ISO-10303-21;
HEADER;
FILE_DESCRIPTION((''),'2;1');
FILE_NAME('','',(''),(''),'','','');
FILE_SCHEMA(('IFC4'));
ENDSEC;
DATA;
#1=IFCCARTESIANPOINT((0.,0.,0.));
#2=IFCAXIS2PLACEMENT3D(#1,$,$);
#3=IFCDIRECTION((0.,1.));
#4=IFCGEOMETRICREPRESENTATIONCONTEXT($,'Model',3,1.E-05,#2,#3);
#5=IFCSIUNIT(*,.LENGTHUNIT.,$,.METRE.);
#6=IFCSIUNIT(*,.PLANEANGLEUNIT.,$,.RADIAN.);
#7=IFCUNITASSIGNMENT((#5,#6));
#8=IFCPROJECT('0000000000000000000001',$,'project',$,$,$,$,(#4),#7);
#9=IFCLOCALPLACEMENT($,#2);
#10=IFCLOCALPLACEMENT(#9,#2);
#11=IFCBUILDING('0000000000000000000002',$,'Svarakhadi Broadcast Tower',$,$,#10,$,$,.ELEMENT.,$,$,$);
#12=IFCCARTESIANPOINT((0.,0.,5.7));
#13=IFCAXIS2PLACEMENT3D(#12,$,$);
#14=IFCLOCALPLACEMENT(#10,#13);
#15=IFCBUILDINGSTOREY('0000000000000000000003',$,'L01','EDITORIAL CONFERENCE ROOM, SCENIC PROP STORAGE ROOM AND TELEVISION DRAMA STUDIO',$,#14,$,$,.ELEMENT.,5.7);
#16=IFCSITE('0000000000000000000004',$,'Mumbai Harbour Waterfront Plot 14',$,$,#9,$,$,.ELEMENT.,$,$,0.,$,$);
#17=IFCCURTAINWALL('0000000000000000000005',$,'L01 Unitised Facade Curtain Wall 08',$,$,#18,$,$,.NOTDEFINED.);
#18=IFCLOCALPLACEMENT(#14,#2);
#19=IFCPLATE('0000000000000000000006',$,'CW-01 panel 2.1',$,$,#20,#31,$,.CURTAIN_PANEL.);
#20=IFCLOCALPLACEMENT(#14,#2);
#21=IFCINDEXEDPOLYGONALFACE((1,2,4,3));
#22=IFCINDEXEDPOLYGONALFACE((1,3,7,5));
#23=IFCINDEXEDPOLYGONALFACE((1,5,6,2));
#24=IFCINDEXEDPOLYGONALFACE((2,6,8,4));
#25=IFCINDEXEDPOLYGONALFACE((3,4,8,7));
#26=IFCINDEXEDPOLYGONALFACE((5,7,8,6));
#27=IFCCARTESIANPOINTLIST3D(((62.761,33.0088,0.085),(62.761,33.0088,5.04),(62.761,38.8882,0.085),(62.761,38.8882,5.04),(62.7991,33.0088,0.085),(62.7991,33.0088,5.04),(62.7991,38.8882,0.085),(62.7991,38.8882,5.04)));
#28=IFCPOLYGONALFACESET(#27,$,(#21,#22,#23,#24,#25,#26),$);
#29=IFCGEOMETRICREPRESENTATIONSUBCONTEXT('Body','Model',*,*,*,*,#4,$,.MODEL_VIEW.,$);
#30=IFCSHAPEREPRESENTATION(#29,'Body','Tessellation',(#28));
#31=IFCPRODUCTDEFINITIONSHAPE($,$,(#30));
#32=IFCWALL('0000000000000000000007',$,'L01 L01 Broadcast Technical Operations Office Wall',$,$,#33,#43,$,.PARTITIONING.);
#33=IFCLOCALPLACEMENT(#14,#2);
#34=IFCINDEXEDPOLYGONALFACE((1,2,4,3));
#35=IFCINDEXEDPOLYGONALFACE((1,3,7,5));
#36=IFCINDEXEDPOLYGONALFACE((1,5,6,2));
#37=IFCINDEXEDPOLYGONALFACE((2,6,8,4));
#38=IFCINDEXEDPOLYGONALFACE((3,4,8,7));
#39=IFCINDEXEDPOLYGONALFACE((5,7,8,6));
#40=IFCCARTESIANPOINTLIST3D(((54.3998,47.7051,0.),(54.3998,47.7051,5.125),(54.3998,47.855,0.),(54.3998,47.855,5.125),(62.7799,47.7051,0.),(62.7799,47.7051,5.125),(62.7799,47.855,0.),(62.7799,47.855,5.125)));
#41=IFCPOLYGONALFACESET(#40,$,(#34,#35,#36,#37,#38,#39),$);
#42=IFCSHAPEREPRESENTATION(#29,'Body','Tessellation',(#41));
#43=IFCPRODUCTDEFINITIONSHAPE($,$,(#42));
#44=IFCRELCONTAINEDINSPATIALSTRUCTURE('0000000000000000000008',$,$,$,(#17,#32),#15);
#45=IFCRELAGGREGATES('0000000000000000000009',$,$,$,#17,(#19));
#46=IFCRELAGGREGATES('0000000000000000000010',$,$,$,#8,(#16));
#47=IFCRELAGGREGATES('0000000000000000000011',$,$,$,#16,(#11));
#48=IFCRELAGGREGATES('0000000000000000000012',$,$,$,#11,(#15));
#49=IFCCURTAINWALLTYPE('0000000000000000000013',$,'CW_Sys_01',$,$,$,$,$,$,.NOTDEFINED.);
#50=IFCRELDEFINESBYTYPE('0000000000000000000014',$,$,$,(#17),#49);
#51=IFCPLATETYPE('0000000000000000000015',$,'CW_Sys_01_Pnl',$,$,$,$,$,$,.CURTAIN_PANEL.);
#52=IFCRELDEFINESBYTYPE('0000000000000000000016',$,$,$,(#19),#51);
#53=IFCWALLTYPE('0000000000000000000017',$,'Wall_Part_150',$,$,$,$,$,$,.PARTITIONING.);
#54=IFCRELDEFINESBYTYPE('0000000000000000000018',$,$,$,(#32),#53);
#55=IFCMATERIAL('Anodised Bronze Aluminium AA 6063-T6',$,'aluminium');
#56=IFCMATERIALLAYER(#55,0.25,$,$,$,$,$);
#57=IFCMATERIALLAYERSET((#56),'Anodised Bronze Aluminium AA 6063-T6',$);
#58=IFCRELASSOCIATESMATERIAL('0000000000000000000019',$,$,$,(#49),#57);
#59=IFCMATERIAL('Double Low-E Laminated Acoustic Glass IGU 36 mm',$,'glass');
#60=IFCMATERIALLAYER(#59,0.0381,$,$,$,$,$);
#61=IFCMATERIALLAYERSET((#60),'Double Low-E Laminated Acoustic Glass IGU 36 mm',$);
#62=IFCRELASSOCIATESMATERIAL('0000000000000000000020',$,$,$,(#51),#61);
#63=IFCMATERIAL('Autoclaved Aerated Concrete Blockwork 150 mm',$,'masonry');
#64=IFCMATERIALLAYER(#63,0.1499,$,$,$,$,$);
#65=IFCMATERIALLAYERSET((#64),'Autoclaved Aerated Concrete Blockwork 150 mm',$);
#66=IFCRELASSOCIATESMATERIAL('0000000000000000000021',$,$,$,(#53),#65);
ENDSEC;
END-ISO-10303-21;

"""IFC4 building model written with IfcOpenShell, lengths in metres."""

from ifc_helpers import new_model, si_unit, direction, frame, frame_2d, origin, origin_2d, place, context, subcontext, project, spatial, rectangle, extrude, material, layer, layer_set, type_object, element, aggregate, save


model = new_model("IFC4")

# Units and contexts
model_context = context("Model", 3, precision=1e-05, world=origin(), true_north=direction((0.0, 1.0)))
body_context = subcontext(model_context, "Body", "Model", "MODEL_VIEW")
ifc_project = project(units=[si_unit("LENGTHUNIT", "METRE"), si_unit("PLANEANGLEUNIT", "RADIAN")], contexts=[model_context])

# Site, building, storey
site_placement = place(None, origin())
site = spatial("IfcSite", under=ifc_project, at=site_placement, Name="Mumbai Harbour Waterfront Plot 14", CompositionType="ELEMENT", RefElevation=0.0)
building_placement = place(site_placement, origin())
building = spatial("IfcBuilding", under=site, at=building_placement, Name="Svarakhadi Broadcast Tower", CompositionType="ELEMENT")
storey_placement = place(building_placement, frame((0.0, 0.0, 5.7)))
storey = spatial("IfcBuildingStorey", under=building, at=storey_placement, Name="L01", Description="EDITORIAL CONFERENCE ROOM, SCENIC PROP STORAGE ROOM AND TELEVISION DRAMA STUDIO", CompositionType="ELEMENT", Elevation=5.7)

# Curtain wall
ifc_material_1 = material(Name="Anodised Bronze Aluminium AA 6063-T6", Category="aluminium")
ifc_layer_1 = layer(ifc_material_1, 0.25)
ifc_layer_set_1 = layer_set([ifc_layer_1], Name="Anodised Bronze Aluminium AA 6063-T6")
curtain_wall_type = type_object("IfcCurtainWallType", Name="CW_Sys_01", PredefinedType="NOTDEFINED", material=ifc_layer_set_1)
curtain_wall_1_placement = place(storey_placement, origin())
curtain_wall_1 = element("IfcCurtainWall", 1, at=curtain_wall_1_placement, inside=storey, type_object=curtain_wall_type, Name="L01 Unitised Facade Curtain Wall 08", PredefinedType="NOTDEFINED")

# Plate
ifc_material_2 = material(Name="Double Low-E Laminated Acoustic Glass IGU 36 mm", Category="glass")
ifc_layer_2 = layer(ifc_material_2, 0.0381)
ifc_layer_set_2 = layer_set([ifc_layer_2], Name="Double Low-E Laminated Acoustic Glass IGU 36 mm")
plate_type = type_object("IfcPlateType", Name="CW_Sys_01_Pnl", PredefinedType="CURTAIN_PANEL", material=ifc_layer_set_2)
plate_1_placement = place(storey_placement, frame((62.78, 35.9485, 0.085), z_axis=(0.0, 0.0, 1.0), x_axis=(0.0, -1.0, 0.0)))
plate_1 = element("IfcPlate", 2, at=plate_1_placement, type_object=plate_type, Name="CW-01 panel 2.1", PredefinedType="CURTAIN_PANEL", context=body_context, shape_type="SweptSolid", body=[
    extrude(rectangle(XDim=5.8794, YDim=0.0381, at=origin_2d()), origin(), (0.0, 0.0, 1.0), 4.9551),
])
aggregate(curtain_wall_1, [plate_1])

# Wall
ifc_material_3 = material(Name="Autoclaved Aerated Concrete Blockwork 150 mm", Category="masonry")
ifc_layer_3 = layer(ifc_material_3, 0.1499)
ifc_layer_set_3 = layer_set([ifc_layer_3], Name="Autoclaved Aerated Concrete Blockwork 150 mm")
wall_type = type_object("IfcWallType", Name="Wall_Part_150", PredefinedType="PARTITIONING", material=ifc_layer_set_3)
wall_placement = place(storey_placement, frame((54.3999, 47.78, 0.0), z_axis=(0.0, 0.0, 1.0), x_axis=(1.0, 0.0, 0.0)))
element("IfcWall", 3, at=wall_placement, inside=storey, type_object=wall_type, Name="L01 L01 Broadcast Technical Operations Office Wall", PredefinedType="PARTITIONING", context=body_context, shape_type="SweptSolid", body=[
    extrude(rectangle(XDim=8.3801, YDim=0.1499, at=frame_2d((4.1899, 0.0))), origin(), (0.0, 0.0, 1.0), 5.125),
])

save(model, "model.ifc")
